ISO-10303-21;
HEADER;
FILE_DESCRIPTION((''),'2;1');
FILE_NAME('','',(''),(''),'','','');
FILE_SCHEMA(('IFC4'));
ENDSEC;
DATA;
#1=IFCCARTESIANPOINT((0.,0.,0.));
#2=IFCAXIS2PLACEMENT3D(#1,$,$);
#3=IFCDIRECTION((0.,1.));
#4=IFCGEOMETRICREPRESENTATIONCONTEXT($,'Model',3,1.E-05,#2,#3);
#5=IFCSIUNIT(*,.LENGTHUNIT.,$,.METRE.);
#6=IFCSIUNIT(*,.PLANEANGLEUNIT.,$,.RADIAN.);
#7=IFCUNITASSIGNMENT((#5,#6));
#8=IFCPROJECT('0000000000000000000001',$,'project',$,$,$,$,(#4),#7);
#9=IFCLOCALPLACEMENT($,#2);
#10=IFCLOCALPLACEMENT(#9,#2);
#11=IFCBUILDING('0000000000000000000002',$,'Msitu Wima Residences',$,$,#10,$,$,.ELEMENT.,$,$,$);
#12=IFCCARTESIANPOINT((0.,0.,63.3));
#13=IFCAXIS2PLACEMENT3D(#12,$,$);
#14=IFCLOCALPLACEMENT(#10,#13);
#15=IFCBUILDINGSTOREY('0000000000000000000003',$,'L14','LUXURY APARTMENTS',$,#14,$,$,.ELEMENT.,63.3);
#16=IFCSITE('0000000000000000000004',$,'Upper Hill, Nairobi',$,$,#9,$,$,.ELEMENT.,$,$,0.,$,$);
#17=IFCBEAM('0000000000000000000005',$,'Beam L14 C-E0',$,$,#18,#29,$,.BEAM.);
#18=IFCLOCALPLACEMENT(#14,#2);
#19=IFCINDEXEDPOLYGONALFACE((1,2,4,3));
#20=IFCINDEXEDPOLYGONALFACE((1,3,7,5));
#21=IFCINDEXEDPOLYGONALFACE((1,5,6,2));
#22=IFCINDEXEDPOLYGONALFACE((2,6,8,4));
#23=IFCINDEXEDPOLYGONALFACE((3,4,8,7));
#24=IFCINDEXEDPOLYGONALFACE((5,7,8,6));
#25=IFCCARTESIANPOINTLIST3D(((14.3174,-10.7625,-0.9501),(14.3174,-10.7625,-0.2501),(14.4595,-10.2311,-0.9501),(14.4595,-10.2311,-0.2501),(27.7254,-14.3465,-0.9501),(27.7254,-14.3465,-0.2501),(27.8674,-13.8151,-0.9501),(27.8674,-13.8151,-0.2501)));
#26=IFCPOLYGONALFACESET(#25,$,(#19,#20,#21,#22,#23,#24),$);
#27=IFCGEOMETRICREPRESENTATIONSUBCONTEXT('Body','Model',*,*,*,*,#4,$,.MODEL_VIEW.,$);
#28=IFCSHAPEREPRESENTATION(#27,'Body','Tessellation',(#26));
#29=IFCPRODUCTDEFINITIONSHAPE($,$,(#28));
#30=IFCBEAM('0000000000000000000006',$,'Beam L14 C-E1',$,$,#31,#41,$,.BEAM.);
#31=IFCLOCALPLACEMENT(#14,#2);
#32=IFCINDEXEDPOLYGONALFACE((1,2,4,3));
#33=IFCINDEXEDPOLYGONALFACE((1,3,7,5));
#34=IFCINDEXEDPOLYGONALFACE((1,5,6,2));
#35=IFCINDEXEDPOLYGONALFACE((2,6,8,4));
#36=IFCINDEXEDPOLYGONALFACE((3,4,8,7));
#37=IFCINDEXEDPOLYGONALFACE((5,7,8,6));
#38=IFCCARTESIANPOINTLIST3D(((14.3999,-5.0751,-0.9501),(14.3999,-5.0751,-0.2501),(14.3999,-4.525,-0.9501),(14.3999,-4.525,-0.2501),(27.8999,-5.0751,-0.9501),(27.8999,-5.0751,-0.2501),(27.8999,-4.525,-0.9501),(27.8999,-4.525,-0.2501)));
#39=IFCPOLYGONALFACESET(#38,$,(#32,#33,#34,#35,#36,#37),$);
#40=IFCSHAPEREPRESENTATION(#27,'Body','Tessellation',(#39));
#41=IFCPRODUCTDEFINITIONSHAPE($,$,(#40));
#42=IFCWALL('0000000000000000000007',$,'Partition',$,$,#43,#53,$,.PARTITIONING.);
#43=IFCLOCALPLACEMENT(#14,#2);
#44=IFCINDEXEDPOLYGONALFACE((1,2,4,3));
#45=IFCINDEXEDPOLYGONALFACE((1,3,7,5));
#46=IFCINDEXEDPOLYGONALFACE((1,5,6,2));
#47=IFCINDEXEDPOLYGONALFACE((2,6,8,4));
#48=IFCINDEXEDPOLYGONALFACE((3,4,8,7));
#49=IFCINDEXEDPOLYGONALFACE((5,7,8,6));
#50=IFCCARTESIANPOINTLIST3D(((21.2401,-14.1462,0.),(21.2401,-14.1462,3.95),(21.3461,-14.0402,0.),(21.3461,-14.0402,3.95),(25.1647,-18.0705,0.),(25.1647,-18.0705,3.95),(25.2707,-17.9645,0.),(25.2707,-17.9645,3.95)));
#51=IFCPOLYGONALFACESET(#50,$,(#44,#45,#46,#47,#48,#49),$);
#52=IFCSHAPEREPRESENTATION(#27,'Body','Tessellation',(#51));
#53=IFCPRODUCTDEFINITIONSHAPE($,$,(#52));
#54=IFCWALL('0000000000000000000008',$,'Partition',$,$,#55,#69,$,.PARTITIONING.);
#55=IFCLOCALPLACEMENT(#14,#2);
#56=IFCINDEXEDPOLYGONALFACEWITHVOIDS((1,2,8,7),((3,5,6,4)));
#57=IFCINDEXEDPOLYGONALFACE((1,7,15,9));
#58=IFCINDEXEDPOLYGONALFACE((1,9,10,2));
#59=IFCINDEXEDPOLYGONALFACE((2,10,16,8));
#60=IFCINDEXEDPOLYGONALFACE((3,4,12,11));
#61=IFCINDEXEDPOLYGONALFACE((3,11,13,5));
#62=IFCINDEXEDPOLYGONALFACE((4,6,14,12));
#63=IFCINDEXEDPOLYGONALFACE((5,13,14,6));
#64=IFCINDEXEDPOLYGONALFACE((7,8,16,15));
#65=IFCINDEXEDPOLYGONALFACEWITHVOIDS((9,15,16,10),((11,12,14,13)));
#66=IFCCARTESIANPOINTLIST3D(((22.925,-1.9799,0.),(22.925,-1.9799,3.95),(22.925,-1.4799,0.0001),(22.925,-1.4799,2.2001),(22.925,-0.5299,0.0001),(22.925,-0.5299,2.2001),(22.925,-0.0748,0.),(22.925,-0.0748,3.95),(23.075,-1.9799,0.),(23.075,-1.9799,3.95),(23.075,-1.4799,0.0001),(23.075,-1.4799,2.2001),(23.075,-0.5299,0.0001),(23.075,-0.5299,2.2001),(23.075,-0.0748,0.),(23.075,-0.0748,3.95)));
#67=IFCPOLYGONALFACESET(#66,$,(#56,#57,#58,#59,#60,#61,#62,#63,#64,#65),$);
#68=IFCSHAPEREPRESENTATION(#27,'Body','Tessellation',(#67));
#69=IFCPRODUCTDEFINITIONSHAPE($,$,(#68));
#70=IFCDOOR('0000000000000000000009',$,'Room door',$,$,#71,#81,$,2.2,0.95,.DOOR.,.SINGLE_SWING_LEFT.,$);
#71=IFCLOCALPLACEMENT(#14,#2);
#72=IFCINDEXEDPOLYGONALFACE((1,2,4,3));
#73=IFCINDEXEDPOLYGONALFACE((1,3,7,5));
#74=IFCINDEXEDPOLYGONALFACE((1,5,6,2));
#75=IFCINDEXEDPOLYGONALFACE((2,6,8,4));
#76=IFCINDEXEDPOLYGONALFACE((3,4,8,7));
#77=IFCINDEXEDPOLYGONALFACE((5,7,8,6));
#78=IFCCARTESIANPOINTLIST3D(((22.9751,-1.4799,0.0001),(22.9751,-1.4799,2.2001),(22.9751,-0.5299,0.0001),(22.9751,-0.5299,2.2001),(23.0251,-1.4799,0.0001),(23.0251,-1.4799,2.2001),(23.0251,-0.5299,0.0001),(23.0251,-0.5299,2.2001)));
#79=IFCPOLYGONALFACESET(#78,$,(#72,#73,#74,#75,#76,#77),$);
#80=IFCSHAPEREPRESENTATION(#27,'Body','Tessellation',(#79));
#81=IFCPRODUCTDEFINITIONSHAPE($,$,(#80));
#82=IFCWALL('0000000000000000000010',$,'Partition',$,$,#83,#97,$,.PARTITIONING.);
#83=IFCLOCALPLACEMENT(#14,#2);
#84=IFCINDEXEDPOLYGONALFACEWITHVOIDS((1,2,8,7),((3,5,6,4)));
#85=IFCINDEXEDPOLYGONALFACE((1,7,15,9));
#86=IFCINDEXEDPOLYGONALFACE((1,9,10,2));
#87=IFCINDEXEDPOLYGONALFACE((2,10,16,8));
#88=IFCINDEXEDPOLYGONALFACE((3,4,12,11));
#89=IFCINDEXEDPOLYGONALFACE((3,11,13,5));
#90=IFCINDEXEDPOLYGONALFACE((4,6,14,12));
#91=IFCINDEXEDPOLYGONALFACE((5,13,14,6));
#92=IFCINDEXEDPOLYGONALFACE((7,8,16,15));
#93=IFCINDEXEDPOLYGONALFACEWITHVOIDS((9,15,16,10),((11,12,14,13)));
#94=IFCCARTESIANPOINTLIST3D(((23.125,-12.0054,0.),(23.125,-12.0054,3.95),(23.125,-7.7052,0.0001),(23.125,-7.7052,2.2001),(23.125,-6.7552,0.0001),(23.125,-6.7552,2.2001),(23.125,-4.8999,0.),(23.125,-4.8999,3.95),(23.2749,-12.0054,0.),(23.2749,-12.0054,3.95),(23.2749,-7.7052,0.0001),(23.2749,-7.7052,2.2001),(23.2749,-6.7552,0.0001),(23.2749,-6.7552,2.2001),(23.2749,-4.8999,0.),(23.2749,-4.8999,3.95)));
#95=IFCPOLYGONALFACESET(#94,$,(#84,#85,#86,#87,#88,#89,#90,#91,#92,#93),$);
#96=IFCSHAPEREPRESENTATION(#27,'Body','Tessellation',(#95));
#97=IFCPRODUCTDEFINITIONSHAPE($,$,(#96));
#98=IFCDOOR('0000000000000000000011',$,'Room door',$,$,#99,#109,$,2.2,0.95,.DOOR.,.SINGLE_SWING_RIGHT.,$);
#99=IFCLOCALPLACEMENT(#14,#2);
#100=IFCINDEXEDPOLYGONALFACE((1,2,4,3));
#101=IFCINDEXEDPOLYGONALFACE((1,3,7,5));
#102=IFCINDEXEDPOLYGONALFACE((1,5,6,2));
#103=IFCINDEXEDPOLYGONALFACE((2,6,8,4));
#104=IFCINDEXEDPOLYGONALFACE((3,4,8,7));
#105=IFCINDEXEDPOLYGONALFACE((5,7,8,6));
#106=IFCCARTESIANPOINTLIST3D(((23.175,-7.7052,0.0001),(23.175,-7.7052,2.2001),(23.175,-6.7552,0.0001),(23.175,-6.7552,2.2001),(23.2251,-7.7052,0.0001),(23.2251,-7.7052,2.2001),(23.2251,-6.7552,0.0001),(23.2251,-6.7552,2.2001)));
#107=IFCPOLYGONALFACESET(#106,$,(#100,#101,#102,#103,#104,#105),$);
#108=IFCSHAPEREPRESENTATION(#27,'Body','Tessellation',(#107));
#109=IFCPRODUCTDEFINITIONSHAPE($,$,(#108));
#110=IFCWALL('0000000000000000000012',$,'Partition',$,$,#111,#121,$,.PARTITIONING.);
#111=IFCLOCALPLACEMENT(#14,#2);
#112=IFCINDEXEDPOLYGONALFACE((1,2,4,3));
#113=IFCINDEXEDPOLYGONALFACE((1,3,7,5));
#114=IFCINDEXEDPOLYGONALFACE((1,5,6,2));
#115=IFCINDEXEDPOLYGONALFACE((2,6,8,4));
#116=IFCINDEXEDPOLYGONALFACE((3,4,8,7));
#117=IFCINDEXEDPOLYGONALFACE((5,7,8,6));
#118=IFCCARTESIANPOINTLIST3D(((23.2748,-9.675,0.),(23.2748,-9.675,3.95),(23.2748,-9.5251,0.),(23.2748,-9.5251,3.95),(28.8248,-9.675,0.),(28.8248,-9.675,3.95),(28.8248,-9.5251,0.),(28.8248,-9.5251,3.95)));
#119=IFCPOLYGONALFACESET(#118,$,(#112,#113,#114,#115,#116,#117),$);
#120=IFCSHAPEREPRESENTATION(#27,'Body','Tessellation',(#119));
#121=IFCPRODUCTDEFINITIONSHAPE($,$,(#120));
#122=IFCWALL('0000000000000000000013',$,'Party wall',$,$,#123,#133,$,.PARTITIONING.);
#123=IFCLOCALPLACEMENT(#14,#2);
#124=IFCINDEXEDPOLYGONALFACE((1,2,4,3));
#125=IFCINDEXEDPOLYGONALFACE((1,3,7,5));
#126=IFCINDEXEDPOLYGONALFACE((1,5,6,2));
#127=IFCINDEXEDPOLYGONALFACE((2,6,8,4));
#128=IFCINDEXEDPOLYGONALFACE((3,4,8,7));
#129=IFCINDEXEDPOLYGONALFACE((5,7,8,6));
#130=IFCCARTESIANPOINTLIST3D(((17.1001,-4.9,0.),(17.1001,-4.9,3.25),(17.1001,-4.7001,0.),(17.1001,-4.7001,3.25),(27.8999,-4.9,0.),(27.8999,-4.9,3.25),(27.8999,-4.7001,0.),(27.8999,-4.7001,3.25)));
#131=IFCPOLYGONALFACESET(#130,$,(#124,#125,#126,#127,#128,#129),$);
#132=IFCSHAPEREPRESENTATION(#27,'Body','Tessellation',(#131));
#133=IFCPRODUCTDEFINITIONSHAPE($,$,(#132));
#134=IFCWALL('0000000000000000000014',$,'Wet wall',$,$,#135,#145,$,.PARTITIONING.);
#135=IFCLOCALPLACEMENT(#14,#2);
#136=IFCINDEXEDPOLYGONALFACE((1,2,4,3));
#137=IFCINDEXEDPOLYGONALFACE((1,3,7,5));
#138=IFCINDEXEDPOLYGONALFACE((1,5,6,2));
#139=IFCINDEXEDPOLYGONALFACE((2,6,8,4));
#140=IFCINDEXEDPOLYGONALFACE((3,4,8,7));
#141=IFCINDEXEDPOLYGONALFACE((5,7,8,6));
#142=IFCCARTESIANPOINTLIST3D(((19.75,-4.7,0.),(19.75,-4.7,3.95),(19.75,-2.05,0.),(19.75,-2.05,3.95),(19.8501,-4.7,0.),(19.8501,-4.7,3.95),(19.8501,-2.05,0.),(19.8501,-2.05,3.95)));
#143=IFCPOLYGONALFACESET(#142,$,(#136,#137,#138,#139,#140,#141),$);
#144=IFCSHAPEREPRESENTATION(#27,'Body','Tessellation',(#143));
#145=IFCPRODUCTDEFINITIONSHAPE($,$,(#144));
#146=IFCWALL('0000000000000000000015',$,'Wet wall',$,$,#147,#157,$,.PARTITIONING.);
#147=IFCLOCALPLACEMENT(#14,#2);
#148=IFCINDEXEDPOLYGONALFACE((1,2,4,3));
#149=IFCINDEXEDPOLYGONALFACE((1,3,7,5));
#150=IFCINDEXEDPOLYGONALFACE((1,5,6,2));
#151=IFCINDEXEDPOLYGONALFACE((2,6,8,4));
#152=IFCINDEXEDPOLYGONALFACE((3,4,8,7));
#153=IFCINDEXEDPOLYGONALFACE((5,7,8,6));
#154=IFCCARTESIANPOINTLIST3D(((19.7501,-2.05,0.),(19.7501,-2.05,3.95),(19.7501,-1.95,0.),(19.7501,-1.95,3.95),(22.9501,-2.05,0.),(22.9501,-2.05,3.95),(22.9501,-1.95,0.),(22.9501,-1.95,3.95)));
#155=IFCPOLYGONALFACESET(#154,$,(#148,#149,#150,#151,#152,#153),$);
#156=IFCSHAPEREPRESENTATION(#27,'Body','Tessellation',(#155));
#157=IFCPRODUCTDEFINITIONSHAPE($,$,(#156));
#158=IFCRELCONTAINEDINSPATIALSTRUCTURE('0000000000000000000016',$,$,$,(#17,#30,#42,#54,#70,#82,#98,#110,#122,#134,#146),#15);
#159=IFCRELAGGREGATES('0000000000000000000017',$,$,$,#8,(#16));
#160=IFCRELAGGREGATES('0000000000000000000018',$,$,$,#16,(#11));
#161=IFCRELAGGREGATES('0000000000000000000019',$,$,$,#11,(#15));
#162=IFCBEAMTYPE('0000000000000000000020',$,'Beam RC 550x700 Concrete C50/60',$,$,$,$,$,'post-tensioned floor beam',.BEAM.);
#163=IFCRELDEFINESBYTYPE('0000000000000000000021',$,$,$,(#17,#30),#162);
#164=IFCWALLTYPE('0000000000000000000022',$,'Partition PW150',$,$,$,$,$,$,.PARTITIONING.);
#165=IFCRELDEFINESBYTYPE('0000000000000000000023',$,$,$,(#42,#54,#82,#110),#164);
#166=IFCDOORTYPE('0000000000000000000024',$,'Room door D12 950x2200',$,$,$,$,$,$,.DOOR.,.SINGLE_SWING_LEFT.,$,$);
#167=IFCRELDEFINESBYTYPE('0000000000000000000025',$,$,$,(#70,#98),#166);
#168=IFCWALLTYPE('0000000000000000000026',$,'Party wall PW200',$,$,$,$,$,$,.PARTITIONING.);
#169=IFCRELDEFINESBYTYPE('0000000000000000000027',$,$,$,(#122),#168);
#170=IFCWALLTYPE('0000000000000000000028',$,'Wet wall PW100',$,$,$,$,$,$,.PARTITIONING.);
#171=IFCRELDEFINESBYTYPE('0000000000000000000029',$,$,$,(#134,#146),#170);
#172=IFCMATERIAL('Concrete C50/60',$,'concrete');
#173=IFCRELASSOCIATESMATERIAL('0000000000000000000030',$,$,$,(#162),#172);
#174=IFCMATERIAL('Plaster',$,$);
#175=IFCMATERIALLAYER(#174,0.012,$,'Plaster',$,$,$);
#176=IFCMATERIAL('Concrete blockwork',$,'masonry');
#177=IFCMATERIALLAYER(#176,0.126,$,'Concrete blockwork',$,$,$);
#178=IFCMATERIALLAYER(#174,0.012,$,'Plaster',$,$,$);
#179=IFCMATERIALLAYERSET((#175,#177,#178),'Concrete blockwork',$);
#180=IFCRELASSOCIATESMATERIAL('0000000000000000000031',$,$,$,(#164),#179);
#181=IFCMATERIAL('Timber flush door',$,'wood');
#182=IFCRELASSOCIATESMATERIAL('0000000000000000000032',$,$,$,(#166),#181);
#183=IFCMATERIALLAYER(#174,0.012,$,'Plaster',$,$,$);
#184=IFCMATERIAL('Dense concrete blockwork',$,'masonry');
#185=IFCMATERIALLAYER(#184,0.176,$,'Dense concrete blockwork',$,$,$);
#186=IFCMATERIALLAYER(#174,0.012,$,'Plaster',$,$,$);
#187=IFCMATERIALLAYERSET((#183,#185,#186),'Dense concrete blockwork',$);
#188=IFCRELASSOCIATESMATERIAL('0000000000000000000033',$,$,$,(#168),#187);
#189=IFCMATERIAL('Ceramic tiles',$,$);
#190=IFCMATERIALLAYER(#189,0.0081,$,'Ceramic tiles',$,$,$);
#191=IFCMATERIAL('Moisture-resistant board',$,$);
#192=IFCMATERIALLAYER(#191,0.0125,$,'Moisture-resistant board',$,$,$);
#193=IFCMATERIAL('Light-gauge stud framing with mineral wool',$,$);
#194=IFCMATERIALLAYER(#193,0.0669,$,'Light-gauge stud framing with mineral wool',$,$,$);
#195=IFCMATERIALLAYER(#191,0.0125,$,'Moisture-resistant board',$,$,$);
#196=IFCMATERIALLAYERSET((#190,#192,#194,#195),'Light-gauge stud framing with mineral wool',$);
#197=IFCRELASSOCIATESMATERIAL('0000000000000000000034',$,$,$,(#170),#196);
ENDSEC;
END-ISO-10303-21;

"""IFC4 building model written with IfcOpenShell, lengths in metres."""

from ifc_helpers import new_model, si_unit, direction, frame, frame_2d, origin, origin_2d, place, context, subcontext, project, spatial, rectangle, extrude, material, layer, layer_set, material_profile, profile_set, type_object, element, fill, save


model = new_model("IFC4")

# Units and contexts
model_context = context("Model", 3, precision=1e-05, world=origin(), true_north=direction((0.0, 1.0)))
body_context = subcontext(model_context, "Body", "Model", "MODEL_VIEW")
ifc_project = project(units=[si_unit("LENGTHUNIT", "METRE"), si_unit("PLANEANGLEUNIT", "RADIAN")], contexts=[model_context])

# Site, building, storey
site_placement = place(None, origin())
site = spatial("IfcSite", under=ifc_project, at=site_placement, Name="Upper Hill, Nairobi", CompositionType="ELEMENT", RefElevation=0.0)
building_placement = place(site_placement, origin())
building = spatial("IfcBuilding", under=site, at=building_placement, Name="Msitu Wima Residences", CompositionType="ELEMENT")
storey_placement = place(building_placement, frame((0.0, 0.0, 63.3)))
storey = spatial("IfcBuildingStorey", under=building, at=storey_placement, Name="L14", Description="LUXURY APARTMENTS", CompositionType="ELEMENT", Elevation=63.3)

# Beams
ifc_material_1 = material(Name="Concrete C50/60", Category="concrete")
ifc_material_profile = material_profile(ifc_material_1, rectangle(XDim=0.55, YDim=0.7, at=origin_2d()), Name="RC 550x700")
ifc_profile_set = profile_set([ifc_material_profile], Name="Concrete C50/60")
beam_type = type_object("IfcBeamType", Name="Beam RC 550x700 Concrete C50/60", ElementType="post-tensioned floor beam", PredefinedType="BEAM", material=ifc_profile_set)
beam_1_placement = place(storey_placement, frame((27.7964, -14.0808, -0.6001), z_axis=(-0.966082, 0.258236, 0.0), x_axis=(-0.258236, -0.966082, 0.0)))
element("IfcBeam", 1, at=beam_1_placement, inside=storey, type_object=beam_type, Name="Beam L14 C-E0", PredefinedType="BEAM", context=body_context, shape_type="SweptSolid", body=[
    extrude(rectangle(XDim=0.55, YDim=0.7, at=origin_2d()), origin(), (0.0, 0.0, 1.0), 13.8787),
])
beam_2_placement = place(storey_placement, frame((27.8999, -4.8, -0.6001), z_axis=(-1.0, 0.0, 0.0), x_axis=(0.0, -1.0, 0.0)))
element("IfcBeam", 2, at=beam_2_placement, inside=storey, type_object=beam_type, Name="Beam L14 C-E1", PredefinedType="BEAM", context=body_context, shape_type="SweptSolid", body=[
    extrude(rectangle(XDim=0.55, YDim=0.7, at=origin_2d()), origin(), (0.0, 0.0, 1.0), 13.5),
])

# Wall
ifc_material_2 = material(Name="Plaster")
ifc_layer_1 = layer(ifc_material_2, 0.012, Name="Plaster")
ifc_material_3 = material(Name="Concrete blockwork", Category="masonry")
ifc_layer_2 = layer(ifc_material_3, 0.126, Name="Concrete blockwork")
ifc_layer_3 = layer(ifc_material_2, 0.012, Name="Plaster")
ifc_layer_set_1 = layer_set([ifc_layer_1, ifc_layer_2, ifc_layer_3], Name="Concrete blockwork")
wall_type_1 = type_object("IfcWallType", Name="Partition PW150", PredefinedType="PARTITIONING", material=ifc_layer_set_1)
wall_1_placement = place(storey_placement, frame((21.2932, -14.0933, 0.0), z_axis=(0.0, 0.0, 1.0), x_axis=(0.707129, -0.707085, 0.0)))
element("IfcWall", 3, at=wall_1_placement, inside=storey, type_object=wall_type_1, Name="Partition", PredefinedType="PARTITIONING", context=body_context, shape_type="SweptSolid", body=[
    extrude(rectangle(XDim=5.55, YDim=0.1499, at=frame_2d((2.7749, 0.0))), origin(), (0.0, 0.0, 1.0), 3.95),
])

# Walls, openings, doors
wall_2_placement = place(storey_placement, frame((23.0, -1.98, 0.0), z_axis=(0.0, 0.0, 1.0), x_axis=(0.0, 1.0, 0.0)))
wall_2 = element("IfcWall", 4, at=wall_2_placement, inside=storey, type_object=wall_type_1, Name="Partition", PredefinedType="PARTITIONING", context=body_context, shape_type="SweptSolid", body=[
    extrude(rectangle(XDim=1.905, YDim=0.1499, at=frame_2d((0.9526, 0.0))), origin(), (0.0, 0.0, 1.0), 3.95),
])
opening_1_placement = place(wall_2_placement, frame((0.5, 0.0, 0.0)))
opening_1 = element("IfcOpeningElement", 5, at=opening_1_placement, cuts=wall_2, PredefinedType="OPENING", context=body_context, shape_type="SweptSolid", body=[
    extrude(rectangle(XDim=0.95, YDim=2.2, at=frame_2d((0.4751, 1.1001))), frame((0.0, 0.085, 0.0), z_axis=(0.0, -1.0, 0.0), x_axis=(1.0, 0.0, 0.0)), (0.0, 0.0, 1.0), 0.1699),
])
ifc_material_4 = material(Name="Timber flush door", Category="wood")
door_type_1 = type_object("IfcDoorType", Name="Room door D12 950x2200", OperationType="SINGLE_SWING_LEFT", PredefinedType="DOOR", material=ifc_material_4)
door_1_placement = place(opening_1_placement, origin())
door_1 = element("IfcDoor", 6, at=door_1_placement, inside=storey, type_object=door_type_1, Name="Room door", OperationType="SINGLE_SWING_LEFT", OverallHeight=2.2, OverallWidth=0.95, PredefinedType="DOOR", context=body_context, shape_type="SweptSolid", body=[
    extrude(rectangle(XDim=0.95, YDim=2.2, at=frame_2d((0.4751, 1.1001))), frame((0.0, 0.0249, 0.0), z_axis=(0.0, -1.0, 0.0), x_axis=(1.0, 0.0, 0.0)), (0.0, 0.0, 1.0), 0.05),
])
fill(opening_1, door_1)
wall_3_placement = place(storey_placement, frame((23.2, -12.0054, 0.0), z_axis=(0.0, 0.0, 1.0), x_axis=(0.0, 1.0, 0.0)))
wall_3 = element("IfcWall", 7, at=wall_3_placement, inside=storey, type_object=wall_type_1, Name="Partition", PredefinedType="PARTITIONING", context=body_context, shape_type="SweptSolid", body=[
    extrude(rectangle(XDim=7.1055, YDim=0.1499, at=frame_2d((3.5527, 0.0))), origin(), (0.0, 0.0, 1.0), 3.95),
])
opening_2_placement = place(wall_3_placement, frame((4.3, 0.0, 0.0)))
opening_2 = element("IfcOpeningElement", 8, at=opening_2_placement, cuts=wall_3, PredefinedType="OPENING", context=body_context, shape_type="SweptSolid", body=[
    extrude(rectangle(XDim=0.95, YDim=2.2, at=frame_2d((0.4751, 1.1001))), frame((0.0, 0.085, 0.0), z_axis=(0.0, -1.0, 0.0), x_axis=(1.0, 0.0, 0.0)), (0.0, 0.0, 1.0), 0.1699),
])
door_2_placement = place(opening_2_placement, origin())
door_2 = element("IfcDoor", 9, at=door_2_placement, inside=storey, type_object=door_type_1, Name="Room door", OperationType="SINGLE_SWING_RIGHT", OverallHeight=2.2, OverallWidth=0.95, PredefinedType="DOOR", context=body_context, shape_type="SweptSolid", body=[
    extrude(rectangle(XDim=0.95, YDim=2.2, at=frame_2d((0.4751, 1.1001))), frame((0.0, 0.0249, 0.0), z_axis=(0.0, -1.0, 0.0), x_axis=(1.0, 0.0, 0.0)), (0.0, 0.0, 1.0), 0.05),
])
fill(opening_2, door_2)

# Walls
wall_4_placement = place(storey_placement, frame((23.2749, -9.6001, 0.0), z_axis=(0.0, 0.0, 1.0), x_axis=(1.0, 0.0, 0.0)))
element("IfcWall", 10, at=wall_4_placement, inside=storey, type_object=wall_type_1, Name="Partition", PredefinedType="PARTITIONING", context=body_context, shape_type="SweptSolid", body=[
    extrude(rectangle(XDim=5.55, YDim=0.1499, at=frame_2d((2.7749, 0.0))), origin(), (0.0, 0.0, 1.0), 3.95),
])
ifc_layer_4 = layer(ifc_material_2, 0.012, Name="Plaster")
ifc_material_5 = material(Name="Dense concrete blockwork", Category="masonry")
ifc_layer_5 = layer(ifc_material_5, 0.176, Name="Dense concrete blockwork")
ifc_layer_6 = layer(ifc_material_2, 0.012, Name="Plaster")
ifc_layer_set_2 = layer_set([ifc_layer_4, ifc_layer_5, ifc_layer_6], Name="Dense concrete blockwork")
wall_type_2 = type_object("IfcWallType", Name="Party wall PW200", PredefinedType="PARTITIONING", material=ifc_layer_set_2)
wall_5_placement = place(storey_placement, frame((17.1001, -4.8, 0.0), z_axis=(0.0, 0.0, 1.0), x_axis=(1.0, 0.0, 0.0)))
element("IfcWall", 11, at=wall_5_placement, inside=storey, type_object=wall_type_2, Name="Party wall", PredefinedType="PARTITIONING", context=body_context, shape_type="SweptSolid", body=[
    extrude(rectangle(XDim=10.7998, YDim=0.2, at=frame_2d((5.3999, 0.0))), origin(), (0.0, 0.0, 1.0), 3.25),
])
ifc_material_6 = material(Name="Ceramic tiles")
ifc_layer_7 = layer(ifc_material_6, 0.0081, Name="Ceramic tiles")
ifc_material_7 = material(Name="Moisture-resistant board")
ifc_layer_8 = layer(ifc_material_7, 0.0125, Name="Moisture-resistant board")
ifc_material_8 = material(Name="Light-gauge stud framing with mineral wool")
ifc_layer_9 = layer(ifc_material_8, 0.0669, Name="Light-gauge stud framing with mineral wool")
ifc_layer_10 = layer(ifc_material_7, 0.0125, Name="Moisture-resistant board")
ifc_layer_set_3 = layer_set([ifc_layer_7, ifc_layer_8, ifc_layer_9, ifc_layer_10], Name="Light-gauge stud framing with mineral wool")
wall_type_3 = type_object("IfcWallType", Name="Wet wall PW100", PredefinedType="PARTITIONING", material=ifc_layer_set_3)
wall_6_placement = place(storey_placement, frame((19.8, -4.7, 0.0), z_axis=(0.0, 0.0, 1.0), x_axis=(0.0, 1.0, 0.0)))
element("IfcWall", 12, at=wall_6_placement, inside=storey, type_object=wall_type_3, Name="Wet wall", PredefinedType="PARTITIONING", context=body_context, shape_type="SweptSolid", body=[
    extrude(rectangle(XDim=2.6499, YDim=0.1001, at=frame_2d((1.325, 0.0))), origin(), (0.0, 0.0, 1.0), 3.95),
])
wall_7_placement = place(storey_placement, frame((19.75, -2.0, 0.0), z_axis=(0.0, 0.0, 1.0), x_axis=(1.0, 0.0, 0.0)))
element("IfcWall", 13, at=wall_7_placement, inside=storey, type_object=wall_type_3, Name="Wet wall", PredefinedType="PARTITIONING", context=body_context, shape_type="SweptSolid", body=[
    extrude(rectangle(XDim=3.2, YDim=0.1001, at=frame_2d((1.6001, 0.0))), origin(), (0.0, 0.0, 1.0), 3.95),
])

save(model, "model.ifc")
